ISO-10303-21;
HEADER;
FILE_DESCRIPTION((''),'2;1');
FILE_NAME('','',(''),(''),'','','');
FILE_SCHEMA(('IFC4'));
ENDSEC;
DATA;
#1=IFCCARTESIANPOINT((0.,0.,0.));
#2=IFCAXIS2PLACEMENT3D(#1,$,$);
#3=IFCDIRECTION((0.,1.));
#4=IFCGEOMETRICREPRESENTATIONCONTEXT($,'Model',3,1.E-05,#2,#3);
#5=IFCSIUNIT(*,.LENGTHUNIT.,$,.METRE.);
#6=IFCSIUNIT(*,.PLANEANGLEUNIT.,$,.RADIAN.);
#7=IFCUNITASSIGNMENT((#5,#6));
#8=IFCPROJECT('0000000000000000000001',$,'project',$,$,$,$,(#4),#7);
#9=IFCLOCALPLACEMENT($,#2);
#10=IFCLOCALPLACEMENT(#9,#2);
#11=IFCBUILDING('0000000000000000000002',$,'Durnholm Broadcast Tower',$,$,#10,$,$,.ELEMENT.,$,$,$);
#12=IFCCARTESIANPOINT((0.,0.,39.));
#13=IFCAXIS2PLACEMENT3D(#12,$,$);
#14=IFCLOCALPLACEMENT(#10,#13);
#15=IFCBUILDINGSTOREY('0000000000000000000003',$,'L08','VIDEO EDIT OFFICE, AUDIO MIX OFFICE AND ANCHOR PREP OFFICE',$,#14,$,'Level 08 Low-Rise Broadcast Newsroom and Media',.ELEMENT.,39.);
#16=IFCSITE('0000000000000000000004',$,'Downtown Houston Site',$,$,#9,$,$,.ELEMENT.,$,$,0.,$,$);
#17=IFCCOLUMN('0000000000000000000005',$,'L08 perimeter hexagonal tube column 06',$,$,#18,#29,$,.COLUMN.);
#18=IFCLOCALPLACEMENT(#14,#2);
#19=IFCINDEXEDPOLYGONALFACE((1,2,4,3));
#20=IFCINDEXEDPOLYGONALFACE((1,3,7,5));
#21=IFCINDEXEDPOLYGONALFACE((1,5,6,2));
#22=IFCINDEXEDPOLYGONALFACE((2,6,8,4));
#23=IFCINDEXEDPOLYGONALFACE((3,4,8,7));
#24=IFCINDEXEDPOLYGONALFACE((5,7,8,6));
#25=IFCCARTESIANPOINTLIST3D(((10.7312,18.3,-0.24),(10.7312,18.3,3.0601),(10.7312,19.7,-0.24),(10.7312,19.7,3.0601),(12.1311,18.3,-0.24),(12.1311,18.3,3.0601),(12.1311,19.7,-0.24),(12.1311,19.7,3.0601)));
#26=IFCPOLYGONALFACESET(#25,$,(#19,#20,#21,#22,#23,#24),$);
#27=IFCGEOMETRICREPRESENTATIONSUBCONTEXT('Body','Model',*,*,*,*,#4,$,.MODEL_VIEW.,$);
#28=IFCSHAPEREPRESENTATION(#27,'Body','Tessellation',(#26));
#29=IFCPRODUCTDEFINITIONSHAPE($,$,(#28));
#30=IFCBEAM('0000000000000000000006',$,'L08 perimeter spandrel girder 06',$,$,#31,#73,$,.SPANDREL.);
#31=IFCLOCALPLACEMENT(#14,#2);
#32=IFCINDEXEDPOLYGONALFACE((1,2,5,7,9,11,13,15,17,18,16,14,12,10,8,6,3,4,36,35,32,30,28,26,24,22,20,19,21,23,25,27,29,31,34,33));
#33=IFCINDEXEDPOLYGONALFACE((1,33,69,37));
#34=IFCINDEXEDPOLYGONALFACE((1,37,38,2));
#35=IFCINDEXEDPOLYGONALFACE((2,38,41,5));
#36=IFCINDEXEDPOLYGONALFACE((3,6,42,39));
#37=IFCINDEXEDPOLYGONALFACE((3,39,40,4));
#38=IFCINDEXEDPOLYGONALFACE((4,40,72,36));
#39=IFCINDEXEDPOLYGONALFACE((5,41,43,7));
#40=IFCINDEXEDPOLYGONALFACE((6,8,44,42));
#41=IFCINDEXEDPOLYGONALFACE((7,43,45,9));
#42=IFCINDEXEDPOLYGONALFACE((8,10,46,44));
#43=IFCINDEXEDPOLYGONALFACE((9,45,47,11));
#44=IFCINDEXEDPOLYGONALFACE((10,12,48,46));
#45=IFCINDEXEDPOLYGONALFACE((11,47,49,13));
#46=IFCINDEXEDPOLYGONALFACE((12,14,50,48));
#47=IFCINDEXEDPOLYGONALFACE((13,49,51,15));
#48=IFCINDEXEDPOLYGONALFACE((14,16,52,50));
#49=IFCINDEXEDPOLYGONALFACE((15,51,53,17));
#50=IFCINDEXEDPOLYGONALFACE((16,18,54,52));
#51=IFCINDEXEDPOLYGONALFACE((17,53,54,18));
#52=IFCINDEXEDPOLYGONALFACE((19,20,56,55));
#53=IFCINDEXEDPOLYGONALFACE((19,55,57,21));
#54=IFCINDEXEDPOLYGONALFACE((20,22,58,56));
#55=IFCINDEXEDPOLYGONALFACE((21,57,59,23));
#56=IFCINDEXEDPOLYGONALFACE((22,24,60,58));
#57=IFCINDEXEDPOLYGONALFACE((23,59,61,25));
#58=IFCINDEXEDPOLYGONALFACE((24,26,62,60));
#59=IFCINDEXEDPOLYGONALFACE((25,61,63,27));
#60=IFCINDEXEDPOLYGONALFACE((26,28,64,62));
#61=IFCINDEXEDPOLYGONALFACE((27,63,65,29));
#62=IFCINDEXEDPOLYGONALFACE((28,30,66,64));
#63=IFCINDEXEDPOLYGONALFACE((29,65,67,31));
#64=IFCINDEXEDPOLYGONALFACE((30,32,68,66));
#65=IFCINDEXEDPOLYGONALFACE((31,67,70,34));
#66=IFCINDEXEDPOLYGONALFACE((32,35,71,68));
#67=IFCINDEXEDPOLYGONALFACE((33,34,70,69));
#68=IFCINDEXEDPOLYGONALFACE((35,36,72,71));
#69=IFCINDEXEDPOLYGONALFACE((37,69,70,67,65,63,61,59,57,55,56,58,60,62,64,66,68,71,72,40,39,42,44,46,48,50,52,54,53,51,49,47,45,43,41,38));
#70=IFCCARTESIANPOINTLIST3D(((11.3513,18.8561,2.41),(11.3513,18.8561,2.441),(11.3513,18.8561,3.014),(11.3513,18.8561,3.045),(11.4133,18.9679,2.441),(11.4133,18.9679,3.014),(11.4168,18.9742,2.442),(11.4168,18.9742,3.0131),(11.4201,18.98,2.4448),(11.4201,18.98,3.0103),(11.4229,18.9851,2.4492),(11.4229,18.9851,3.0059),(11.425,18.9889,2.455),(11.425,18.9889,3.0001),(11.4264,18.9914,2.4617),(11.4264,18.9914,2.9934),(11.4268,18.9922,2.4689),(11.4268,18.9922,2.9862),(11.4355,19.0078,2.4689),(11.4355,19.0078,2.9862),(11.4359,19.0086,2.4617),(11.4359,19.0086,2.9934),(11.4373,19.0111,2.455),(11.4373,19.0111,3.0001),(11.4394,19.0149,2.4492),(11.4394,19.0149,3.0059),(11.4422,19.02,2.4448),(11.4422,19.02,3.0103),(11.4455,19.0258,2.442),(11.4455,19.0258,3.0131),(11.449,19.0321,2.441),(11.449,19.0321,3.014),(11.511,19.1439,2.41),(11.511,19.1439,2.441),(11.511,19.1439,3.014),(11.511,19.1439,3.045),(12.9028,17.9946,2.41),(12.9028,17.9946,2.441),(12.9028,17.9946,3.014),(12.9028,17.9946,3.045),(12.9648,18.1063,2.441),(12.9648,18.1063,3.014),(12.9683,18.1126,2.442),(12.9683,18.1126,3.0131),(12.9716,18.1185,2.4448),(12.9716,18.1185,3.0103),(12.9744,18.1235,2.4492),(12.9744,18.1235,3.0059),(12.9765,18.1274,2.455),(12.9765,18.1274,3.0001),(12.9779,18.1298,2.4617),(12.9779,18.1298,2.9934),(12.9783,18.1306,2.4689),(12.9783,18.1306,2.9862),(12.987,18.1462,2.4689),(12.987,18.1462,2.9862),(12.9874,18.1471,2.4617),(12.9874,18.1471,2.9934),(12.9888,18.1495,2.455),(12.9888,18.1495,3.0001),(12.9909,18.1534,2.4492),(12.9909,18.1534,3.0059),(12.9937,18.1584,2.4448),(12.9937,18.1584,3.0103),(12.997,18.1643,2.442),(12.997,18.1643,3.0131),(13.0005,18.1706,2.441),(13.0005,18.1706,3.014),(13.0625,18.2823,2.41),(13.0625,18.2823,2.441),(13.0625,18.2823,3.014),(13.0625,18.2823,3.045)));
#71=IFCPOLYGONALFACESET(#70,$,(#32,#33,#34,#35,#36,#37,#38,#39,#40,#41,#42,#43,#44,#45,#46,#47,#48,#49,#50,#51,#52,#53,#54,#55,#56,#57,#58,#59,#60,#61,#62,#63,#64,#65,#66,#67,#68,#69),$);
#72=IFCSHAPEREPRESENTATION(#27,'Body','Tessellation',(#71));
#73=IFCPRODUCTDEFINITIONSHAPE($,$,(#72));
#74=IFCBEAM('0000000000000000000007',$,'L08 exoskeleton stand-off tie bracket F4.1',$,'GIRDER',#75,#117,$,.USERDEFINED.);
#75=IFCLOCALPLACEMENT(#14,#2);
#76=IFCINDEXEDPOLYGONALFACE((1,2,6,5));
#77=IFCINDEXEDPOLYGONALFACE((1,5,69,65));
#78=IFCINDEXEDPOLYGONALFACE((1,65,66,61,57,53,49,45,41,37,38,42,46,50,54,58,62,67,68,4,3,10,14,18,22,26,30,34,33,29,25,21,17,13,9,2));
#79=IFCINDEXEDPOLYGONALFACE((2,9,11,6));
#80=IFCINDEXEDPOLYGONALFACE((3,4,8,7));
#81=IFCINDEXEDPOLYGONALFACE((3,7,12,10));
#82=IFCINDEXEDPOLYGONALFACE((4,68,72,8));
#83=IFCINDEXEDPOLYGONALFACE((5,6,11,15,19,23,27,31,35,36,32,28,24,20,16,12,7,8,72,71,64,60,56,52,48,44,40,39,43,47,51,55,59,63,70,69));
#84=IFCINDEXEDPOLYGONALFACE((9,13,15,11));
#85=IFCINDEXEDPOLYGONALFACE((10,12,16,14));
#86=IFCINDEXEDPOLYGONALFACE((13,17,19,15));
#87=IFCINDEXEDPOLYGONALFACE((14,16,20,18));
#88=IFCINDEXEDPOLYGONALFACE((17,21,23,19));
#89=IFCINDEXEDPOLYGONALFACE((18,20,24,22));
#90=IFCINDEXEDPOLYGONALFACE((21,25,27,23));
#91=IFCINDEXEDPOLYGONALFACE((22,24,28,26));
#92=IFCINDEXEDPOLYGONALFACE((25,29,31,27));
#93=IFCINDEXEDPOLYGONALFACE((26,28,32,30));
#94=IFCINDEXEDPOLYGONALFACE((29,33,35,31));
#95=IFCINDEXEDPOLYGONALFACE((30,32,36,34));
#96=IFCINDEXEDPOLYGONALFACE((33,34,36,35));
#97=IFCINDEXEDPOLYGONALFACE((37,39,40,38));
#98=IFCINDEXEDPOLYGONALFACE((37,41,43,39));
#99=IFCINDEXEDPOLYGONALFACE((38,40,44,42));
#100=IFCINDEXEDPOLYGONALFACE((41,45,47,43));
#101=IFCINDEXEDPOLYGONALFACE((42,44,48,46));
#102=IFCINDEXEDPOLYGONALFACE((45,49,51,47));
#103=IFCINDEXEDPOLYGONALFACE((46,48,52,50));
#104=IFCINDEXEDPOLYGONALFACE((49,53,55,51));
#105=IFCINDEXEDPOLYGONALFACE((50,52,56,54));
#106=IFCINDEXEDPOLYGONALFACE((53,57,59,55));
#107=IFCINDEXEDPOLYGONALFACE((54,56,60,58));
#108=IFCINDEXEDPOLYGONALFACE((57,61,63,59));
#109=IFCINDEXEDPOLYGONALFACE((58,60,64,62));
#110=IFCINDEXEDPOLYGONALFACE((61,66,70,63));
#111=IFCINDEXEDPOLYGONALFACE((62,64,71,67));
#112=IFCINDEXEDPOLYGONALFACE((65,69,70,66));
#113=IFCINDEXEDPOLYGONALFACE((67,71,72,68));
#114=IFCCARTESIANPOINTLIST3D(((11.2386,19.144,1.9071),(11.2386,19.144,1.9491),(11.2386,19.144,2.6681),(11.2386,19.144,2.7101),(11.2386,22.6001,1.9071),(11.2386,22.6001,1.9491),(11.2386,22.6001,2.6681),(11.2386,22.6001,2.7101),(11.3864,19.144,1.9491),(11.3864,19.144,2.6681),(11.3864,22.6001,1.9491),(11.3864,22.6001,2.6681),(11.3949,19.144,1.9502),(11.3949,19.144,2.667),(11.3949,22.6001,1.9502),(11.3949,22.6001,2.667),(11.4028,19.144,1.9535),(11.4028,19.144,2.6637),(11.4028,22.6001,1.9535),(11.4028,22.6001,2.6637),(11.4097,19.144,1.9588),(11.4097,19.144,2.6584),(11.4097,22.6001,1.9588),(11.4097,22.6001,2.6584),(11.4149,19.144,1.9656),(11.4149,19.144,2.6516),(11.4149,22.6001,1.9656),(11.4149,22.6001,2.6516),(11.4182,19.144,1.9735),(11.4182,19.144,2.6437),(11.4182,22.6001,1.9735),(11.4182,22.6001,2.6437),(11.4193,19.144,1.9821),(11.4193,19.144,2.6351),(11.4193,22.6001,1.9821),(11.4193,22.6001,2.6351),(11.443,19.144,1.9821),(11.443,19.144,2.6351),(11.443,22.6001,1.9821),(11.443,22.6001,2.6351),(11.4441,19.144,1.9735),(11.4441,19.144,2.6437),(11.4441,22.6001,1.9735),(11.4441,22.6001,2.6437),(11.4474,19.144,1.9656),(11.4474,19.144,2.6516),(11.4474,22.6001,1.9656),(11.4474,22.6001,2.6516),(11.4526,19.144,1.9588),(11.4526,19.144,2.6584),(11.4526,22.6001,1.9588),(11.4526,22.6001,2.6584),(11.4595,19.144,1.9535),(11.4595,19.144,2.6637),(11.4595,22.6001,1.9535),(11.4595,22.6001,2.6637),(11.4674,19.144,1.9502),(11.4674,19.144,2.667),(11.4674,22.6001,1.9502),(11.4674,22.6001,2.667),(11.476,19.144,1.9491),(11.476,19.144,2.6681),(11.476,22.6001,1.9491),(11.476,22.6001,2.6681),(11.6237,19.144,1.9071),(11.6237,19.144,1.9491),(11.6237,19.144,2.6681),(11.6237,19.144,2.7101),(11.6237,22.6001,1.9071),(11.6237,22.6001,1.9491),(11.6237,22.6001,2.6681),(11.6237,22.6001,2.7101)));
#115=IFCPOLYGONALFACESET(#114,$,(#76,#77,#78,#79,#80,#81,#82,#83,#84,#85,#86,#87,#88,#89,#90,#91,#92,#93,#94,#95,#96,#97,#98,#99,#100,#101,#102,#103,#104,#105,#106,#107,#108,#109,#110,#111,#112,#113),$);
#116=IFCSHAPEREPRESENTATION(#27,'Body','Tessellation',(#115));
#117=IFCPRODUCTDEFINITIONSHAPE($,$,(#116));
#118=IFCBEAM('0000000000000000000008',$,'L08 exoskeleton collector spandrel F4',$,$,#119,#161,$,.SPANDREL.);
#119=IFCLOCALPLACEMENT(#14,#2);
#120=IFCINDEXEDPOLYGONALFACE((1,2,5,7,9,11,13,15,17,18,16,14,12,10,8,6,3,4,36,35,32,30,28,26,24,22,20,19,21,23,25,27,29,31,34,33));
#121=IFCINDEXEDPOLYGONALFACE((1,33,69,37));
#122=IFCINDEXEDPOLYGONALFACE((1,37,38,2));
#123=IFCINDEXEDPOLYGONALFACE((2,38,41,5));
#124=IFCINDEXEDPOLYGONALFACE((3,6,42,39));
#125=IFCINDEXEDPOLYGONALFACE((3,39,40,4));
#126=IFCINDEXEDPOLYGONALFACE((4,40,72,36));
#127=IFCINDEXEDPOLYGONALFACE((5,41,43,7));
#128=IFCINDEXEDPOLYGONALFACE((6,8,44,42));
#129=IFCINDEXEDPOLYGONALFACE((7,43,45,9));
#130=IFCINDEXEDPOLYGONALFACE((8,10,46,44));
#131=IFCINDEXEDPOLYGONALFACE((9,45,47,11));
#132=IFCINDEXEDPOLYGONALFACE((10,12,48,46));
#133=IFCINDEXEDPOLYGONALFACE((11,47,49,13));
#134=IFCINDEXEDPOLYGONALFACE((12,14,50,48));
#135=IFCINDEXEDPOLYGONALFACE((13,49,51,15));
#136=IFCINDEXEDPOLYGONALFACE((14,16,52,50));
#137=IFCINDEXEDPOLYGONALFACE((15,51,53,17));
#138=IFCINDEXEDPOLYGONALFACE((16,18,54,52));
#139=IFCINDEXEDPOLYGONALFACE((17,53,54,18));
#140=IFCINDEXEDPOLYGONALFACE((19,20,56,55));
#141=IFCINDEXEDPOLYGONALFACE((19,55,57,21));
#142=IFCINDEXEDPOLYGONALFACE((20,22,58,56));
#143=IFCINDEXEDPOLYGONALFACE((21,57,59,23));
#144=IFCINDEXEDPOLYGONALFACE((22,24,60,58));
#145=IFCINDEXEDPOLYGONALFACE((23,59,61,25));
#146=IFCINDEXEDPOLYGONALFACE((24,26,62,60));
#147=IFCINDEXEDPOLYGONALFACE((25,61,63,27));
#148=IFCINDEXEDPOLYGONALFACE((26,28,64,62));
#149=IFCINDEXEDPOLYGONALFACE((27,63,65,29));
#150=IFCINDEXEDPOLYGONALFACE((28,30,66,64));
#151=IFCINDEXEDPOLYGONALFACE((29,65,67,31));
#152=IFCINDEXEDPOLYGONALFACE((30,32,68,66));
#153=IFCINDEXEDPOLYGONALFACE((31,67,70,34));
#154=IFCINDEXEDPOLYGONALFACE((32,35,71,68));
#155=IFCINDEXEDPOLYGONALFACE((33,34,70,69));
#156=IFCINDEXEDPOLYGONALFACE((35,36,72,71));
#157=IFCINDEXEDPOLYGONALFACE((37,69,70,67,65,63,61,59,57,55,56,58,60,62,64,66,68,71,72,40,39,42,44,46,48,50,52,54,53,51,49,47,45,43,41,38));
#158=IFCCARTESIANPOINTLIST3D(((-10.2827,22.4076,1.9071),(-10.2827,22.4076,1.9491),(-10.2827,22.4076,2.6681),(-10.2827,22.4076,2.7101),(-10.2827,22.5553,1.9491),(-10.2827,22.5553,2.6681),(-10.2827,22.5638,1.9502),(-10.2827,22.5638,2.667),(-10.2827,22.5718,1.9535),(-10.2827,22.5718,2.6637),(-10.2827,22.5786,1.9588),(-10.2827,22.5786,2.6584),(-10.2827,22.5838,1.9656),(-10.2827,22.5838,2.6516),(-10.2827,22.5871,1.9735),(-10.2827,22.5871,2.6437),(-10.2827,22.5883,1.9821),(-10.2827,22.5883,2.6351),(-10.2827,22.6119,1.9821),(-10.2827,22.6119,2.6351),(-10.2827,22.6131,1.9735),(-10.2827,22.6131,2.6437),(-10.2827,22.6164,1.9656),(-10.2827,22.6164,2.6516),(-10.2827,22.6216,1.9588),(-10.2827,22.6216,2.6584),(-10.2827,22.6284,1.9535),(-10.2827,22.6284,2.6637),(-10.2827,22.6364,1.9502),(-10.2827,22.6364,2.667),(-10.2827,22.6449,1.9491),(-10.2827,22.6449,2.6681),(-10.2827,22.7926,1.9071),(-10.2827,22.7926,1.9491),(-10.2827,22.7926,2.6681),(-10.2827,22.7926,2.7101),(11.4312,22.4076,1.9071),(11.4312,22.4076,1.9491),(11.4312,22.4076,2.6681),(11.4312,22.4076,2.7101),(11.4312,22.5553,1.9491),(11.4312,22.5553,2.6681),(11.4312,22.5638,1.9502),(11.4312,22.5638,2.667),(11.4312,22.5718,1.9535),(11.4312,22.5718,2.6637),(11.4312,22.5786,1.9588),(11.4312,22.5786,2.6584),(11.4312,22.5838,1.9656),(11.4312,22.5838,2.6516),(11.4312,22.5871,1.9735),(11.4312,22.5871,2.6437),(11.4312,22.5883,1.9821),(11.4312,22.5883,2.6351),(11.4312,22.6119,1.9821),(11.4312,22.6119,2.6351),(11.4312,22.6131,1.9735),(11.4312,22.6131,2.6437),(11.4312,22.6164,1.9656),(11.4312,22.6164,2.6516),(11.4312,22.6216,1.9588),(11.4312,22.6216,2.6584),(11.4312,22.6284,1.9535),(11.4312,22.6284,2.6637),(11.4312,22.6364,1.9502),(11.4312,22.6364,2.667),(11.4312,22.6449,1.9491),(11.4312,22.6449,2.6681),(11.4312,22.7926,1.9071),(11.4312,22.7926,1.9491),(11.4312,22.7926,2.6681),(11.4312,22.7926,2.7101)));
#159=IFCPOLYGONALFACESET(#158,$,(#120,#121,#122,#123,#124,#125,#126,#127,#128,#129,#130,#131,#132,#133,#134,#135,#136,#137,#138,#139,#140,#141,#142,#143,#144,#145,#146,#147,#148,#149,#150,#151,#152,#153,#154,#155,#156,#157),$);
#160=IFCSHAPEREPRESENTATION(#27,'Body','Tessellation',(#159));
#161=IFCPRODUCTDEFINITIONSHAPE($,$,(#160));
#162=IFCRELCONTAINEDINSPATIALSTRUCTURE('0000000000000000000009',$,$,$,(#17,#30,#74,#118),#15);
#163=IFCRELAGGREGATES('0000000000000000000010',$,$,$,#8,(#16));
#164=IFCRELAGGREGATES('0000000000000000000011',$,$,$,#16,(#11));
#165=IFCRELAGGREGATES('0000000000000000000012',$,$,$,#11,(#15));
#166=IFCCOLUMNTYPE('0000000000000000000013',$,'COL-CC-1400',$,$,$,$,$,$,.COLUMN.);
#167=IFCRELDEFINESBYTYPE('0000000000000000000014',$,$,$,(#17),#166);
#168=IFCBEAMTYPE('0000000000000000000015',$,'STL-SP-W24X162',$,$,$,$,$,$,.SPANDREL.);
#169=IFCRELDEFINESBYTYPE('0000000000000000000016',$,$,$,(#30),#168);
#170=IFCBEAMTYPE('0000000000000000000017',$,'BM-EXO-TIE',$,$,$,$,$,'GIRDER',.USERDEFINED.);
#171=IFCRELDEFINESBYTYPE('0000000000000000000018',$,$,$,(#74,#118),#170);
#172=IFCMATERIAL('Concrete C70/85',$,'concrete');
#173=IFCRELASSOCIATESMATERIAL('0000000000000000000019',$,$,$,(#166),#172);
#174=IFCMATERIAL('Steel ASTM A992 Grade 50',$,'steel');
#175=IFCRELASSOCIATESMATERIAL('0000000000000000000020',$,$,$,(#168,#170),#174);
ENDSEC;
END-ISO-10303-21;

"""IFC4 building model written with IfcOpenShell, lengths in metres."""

from ifc_helpers import new_model, si_unit, direction, frame, origin, origin_2d, place, context, subcontext, project, spatial, rectangle, i_section, extrude, source, transform, mapped, material, material_profile, profile_set, type_object, type_shapes, element, save


model = new_model("IFC4")

# Units and contexts
model_context = context("Model", 3, precision=1e-05, world=origin(), true_north=direction((0.0, 1.0)))
body_context = subcontext(model_context, "Body", "Model", "MODEL_VIEW")
ifc_project = project(units=[si_unit("LENGTHUNIT", "METRE"), si_unit("PLANEANGLEUNIT", "RADIAN")], contexts=[model_context])

# Site, building, storey
site_placement = place(None, origin())
site = spatial("IfcSite", under=ifc_project, at=site_placement, Name="Downtown Houston Site", CompositionType="ELEMENT", RefElevation=0.0)
building_placement = place(site_placement, origin())
building = spatial("IfcBuilding", under=site, at=building_placement, Name="Durnholm Broadcast Tower", CompositionType="ELEMENT")
storey_placement = place(building_placement, frame((0.0, 0.0, 39.0)))
storey = spatial("IfcBuildingStorey", under=building, at=storey_placement, Name="L08", Description="VIDEO EDIT OFFICE, AUDIO MIX OFFICE AND ANCHOR PREP OFFICE", LongName="Level 08 Low-Rise Broadcast Newsroom and Media", CompositionType="ELEMENT", Elevation=39.0)

# Column
ifc_material_1 = material(Name="Concrete C70/85", Category="concrete")
ifc_material_profile_1 = material_profile(ifc_material_1, rectangle(XDim=1.3999, YDim=1.3999, at=origin_2d()), Name="RC1400X1400")
ifc_profile_set_1 = profile_set([ifc_material_profile_1], Name="Concrete C70/85")
column_type = type_object("IfcColumnType", Name="COL-CC-1400", PredefinedType="COLUMN", material=ifc_profile_set_1)
shared_shape_1 = source(origin(), body_context, "Body", "SweptSolid", [
    extrude(rectangle(XDim=1.3999, YDim=1.3999, at=origin_2d()), origin(), (0.0, 0.0, 1.0), 3.3),
])
type_shapes(column_type, [shared_shape_1])
column_placement = place(storey_placement, frame((11.4312, 19.0, -0.24), z_axis=(0.0, 0.0, 1.0), x_axis=(1.0, 0.0, 0.0)))
element("IfcColumn", 1, at=column_placement, inside=storey, type_object=column_type, Name="L08 perimeter hexagonal tube column 06", PredefinedType="COLUMN", context=body_context, shape_type="MappedRepresentation", body=[
    mapped(shared_shape_1, transform((0.0, 0.0, 0.0), x_axis=(1.0, 0.0, 0.0), y_axis=(0.0, 1.0, 0.0), z_axis=(0.0, 0.0, 1.0), scale=1.0)),
])

# Beams
ifc_material_2 = material(Name="Steel ASTM A992 Grade 50", Category="steel")
ifc_material_profile_2 = material_profile(ifc_material_2, i_section(OverallWidth=0.3291, OverallDepth=0.635, WebThickness=0.0178, FlangeThickness=0.031, FilletRadius=0.0278, at=origin_2d()), Name="W24X162")
ifc_profile_set_2 = profile_set([ifc_material_profile_2], Name="Steel ASTM A992 Grade 50")
beam_type_1 = type_object("IfcBeamType", Name="STL-SP-W24X162", PredefinedType="SPANDREL", material=ifc_profile_set_2)
shared_shape_2 = source(origin(), body_context, "Body", "SweptSolid", [
    extrude(i_section(OverallWidth=0.3291, OverallDepth=0.635, WebThickness=0.0178, FlangeThickness=0.031, FilletRadius=0.0278, at=origin_2d()), origin(), (0.0, 0.0, 1.0), 1.7747),
])
type_shapes(beam_type_1, [shared_shape_2])
beam_1_placement = place(storey_placement, frame((11.4312, 19.0, 2.7275), z_axis=(0.874248, -0.485479, 0.0), x_axis=(0.485479, 0.874248, 0.0)))
element("IfcBeam", 2, at=beam_1_placement, inside=storey, type_object=beam_type_1, Name="L08 perimeter spandrel girder 06", PredefinedType="SPANDREL", context=body_context, shape_type="MappedRepresentation", body=[
    mapped(shared_shape_2, transform((0.0, 0.0, 0.0), x_axis=(1.0, 0.0, 0.0), y_axis=(0.0, 1.0, 0.0), z_axis=(0.0, 0.0, 1.0), scale=1.0)),
])
ifc_material_profile_3 = material_profile(ifc_material_2, i_section(OverallWidth=0.385, OverallDepth=0.803, WebThickness=0.0237, FlangeThickness=0.042, FilletRadius=0.033, at=origin_2d()), Name="W30X261")
ifc_profile_set_3 = profile_set([ifc_material_profile_3], Name="Steel ASTM A992 Grade 50")
beam_type_2 = type_object("IfcBeamType", Name="BM-EXO-TIE", ElementType="GIRDER", PredefinedType="USERDEFINED", material=ifc_profile_set_3)
shared_shape_3 = source(origin(), body_context, "Body", "SweptSolid", [
    extrude(i_section(OverallWidth=0.385, OverallDepth=0.803, WebThickness=0.0237, FlangeThickness=0.042, FilletRadius=0.033, at=origin_2d()), origin(), (0.0, 0.0, 1.0), 3.4561),
])
beam_2_placement = place(storey_placement, frame((11.4312, 19.144, 2.3086), z_axis=(0.0, 1.0, 0.0), x_axis=(-1.0, 0.0, 0.0)))
element("IfcBeam", 3, at=beam_2_placement, inside=storey, type_object=beam_type_2, Name="L08 exoskeleton stand-off tie bracket F4.1", ObjectType="GIRDER", PredefinedType="USERDEFINED", context=body_context, shape_type="MappedRepresentation", body=[
    mapped(shared_shape_3, transform((0.0, 0.0, 0.0), x_axis=(1.0, 0.0, 0.0), y_axis=(0.0, 1.0, 0.0), z_axis=(0.0, 0.0, 1.0), scale=1.0)),
])
shared_shape_4 = source(origin(), body_context, "Body", "SweptSolid", [
    extrude(i_section(OverallWidth=0.385, OverallDepth=0.803, WebThickness=0.0237, FlangeThickness=0.042, FilletRadius=0.033, at=origin_2d()), origin(), (0.0, 0.0, 1.0), 21.7139),
])
type_shapes(beam_type_2, [shared_shape_3, shared_shape_4])
beam_3_placement = place(storey_placement, frame((11.4312, 22.6001, 2.3086), z_axis=(-1.0, 0.0, 0.0), x_axis=(0.0, -1.0, 0.0)))
element("IfcBeam", 4, at=beam_3_placement, inside=storey, type_object=beam_type_2, Name="L08 exoskeleton collector spandrel F4", PredefinedType="SPANDREL", context=body_context, shape_type="MappedRepresentation", body=[
    mapped(shared_shape_4, transform((0.0, 0.0, 0.0), x_axis=(1.0, 0.0, 0.0), y_axis=(0.0, 1.0, 0.0), z_axis=(0.0, 0.0, 1.0), scale=1.0)),
])

save(model, "model.ifc")
